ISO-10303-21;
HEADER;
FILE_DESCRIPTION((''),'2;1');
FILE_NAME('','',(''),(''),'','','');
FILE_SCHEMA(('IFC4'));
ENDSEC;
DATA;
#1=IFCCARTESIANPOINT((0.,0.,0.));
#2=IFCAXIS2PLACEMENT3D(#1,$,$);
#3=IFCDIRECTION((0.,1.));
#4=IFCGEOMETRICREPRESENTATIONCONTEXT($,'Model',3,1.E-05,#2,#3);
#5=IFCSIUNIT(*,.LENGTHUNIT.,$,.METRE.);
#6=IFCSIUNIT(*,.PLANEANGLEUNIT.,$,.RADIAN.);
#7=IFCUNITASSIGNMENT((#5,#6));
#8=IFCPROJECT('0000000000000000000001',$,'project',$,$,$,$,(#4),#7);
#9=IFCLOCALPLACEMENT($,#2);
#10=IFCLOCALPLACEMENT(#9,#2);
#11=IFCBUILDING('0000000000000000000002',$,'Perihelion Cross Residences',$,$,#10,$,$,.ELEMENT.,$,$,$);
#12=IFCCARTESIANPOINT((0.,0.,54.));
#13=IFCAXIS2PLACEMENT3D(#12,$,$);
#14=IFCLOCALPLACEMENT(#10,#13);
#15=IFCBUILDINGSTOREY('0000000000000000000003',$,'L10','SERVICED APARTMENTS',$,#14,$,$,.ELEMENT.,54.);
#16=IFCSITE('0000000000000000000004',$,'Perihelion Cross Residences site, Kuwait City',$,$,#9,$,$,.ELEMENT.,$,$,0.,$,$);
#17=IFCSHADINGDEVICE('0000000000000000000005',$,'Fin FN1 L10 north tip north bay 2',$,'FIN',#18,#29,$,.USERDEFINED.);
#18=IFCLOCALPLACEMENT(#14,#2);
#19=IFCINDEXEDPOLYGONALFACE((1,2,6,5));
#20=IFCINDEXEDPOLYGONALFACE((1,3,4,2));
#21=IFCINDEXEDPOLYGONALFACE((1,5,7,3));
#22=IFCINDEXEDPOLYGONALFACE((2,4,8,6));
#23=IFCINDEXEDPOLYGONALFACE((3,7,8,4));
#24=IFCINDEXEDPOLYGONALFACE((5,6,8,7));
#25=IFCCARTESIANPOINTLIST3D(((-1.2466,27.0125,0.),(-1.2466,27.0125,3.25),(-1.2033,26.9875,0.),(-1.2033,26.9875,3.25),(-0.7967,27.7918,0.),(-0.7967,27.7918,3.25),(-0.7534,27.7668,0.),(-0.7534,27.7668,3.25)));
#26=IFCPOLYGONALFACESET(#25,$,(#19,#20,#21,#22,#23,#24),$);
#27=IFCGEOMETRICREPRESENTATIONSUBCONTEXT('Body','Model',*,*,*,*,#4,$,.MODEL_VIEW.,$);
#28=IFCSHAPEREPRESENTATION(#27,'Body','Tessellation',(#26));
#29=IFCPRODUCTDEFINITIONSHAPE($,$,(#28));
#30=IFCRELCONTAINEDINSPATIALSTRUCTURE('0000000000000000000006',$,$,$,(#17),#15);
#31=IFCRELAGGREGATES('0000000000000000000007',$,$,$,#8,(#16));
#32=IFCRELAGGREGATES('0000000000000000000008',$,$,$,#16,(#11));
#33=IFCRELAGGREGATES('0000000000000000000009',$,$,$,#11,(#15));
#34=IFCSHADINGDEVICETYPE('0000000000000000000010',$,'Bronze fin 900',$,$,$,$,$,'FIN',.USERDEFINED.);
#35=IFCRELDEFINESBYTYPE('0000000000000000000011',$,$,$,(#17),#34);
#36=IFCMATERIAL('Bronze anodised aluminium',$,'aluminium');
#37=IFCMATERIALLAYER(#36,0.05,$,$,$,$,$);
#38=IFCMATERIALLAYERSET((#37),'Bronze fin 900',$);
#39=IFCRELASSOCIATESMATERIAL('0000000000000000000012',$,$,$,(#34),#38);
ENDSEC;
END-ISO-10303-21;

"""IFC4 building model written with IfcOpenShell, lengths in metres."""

from ifc_helpers import new_model, si_unit, direction, frame, origin, origin_2d, place, context, subcontext, project, spatial, rectangle, extrude, material, layer, layer_set, type_object, element, save


model = new_model("IFC4")

# Units and contexts
model_context = context("Model", 3, precision=1e-05, world=origin(), true_north=direction((0.0, 1.0)))
body_context = subcontext(model_context, "Body", "Model", "MODEL_VIEW")
ifc_project = project(units=[si_unit("LENGTHUNIT", "METRE"), si_unit("PLANEANGLEUNIT", "RADIAN")], contexts=[model_context])

# Site, building, storey
site_placement = place(None, origin())
site = spatial("IfcSite", under=ifc_project, at=site_placement, Name="Perihelion Cross Residences site, Kuwait City", CompositionType="ELEMENT", RefElevation=0.0)
building_placement = place(site_placement, origin())
building = spatial("IfcBuilding", under=site, at=building_placement, Name="Perihelion Cross Residences", CompositionType="ELEMENT")
storey_placement = place(building_placement, frame((0.0, 0.0, 54.0)))
storey = spatial("IfcBuildingStorey", under=building, at=storey_placement, Name="L10", Description="SERVICED APARTMENTS", CompositionType="ELEMENT", Elevation=54.0)

# Shading device
ifc_material_1 = material(Name="Bronze anodised aluminium", Category="aluminium")
ifc_layer_1 = layer(ifc_material_1, 0.05)
ifc_layer_set_1 = layer_set([ifc_layer_1], Name="Bronze fin 900")
shading_device_type = type_object("IfcShadingDeviceType", Name="Bronze fin 900", ElementType="FIN", PredefinedType="USERDEFINED", material=ifc_layer_set_1)
shading_device_placement = place(storey_placement, frame((-1.0, 27.3896, 0.0), z_axis=(0.0, 0.0, 1.0), x_axis=(0.5, 0.866025, 0.0)))
element("IfcShadingDevice", 1, at=shading_device_placement, inside=storey, type_object=shading_device_type, Name="Fin FN1 L10 north tip north bay 2", ObjectType="FIN", PredefinedType="USERDEFINED", context=body_context, shape_type="SweptSolid", body=[
    extrude(rectangle(XDim=0.8999, YDim=0.05, at=origin_2d()), origin(), (0.0, 0.0, 1.0), 3.25),
])

save(model, "model.ifc")
